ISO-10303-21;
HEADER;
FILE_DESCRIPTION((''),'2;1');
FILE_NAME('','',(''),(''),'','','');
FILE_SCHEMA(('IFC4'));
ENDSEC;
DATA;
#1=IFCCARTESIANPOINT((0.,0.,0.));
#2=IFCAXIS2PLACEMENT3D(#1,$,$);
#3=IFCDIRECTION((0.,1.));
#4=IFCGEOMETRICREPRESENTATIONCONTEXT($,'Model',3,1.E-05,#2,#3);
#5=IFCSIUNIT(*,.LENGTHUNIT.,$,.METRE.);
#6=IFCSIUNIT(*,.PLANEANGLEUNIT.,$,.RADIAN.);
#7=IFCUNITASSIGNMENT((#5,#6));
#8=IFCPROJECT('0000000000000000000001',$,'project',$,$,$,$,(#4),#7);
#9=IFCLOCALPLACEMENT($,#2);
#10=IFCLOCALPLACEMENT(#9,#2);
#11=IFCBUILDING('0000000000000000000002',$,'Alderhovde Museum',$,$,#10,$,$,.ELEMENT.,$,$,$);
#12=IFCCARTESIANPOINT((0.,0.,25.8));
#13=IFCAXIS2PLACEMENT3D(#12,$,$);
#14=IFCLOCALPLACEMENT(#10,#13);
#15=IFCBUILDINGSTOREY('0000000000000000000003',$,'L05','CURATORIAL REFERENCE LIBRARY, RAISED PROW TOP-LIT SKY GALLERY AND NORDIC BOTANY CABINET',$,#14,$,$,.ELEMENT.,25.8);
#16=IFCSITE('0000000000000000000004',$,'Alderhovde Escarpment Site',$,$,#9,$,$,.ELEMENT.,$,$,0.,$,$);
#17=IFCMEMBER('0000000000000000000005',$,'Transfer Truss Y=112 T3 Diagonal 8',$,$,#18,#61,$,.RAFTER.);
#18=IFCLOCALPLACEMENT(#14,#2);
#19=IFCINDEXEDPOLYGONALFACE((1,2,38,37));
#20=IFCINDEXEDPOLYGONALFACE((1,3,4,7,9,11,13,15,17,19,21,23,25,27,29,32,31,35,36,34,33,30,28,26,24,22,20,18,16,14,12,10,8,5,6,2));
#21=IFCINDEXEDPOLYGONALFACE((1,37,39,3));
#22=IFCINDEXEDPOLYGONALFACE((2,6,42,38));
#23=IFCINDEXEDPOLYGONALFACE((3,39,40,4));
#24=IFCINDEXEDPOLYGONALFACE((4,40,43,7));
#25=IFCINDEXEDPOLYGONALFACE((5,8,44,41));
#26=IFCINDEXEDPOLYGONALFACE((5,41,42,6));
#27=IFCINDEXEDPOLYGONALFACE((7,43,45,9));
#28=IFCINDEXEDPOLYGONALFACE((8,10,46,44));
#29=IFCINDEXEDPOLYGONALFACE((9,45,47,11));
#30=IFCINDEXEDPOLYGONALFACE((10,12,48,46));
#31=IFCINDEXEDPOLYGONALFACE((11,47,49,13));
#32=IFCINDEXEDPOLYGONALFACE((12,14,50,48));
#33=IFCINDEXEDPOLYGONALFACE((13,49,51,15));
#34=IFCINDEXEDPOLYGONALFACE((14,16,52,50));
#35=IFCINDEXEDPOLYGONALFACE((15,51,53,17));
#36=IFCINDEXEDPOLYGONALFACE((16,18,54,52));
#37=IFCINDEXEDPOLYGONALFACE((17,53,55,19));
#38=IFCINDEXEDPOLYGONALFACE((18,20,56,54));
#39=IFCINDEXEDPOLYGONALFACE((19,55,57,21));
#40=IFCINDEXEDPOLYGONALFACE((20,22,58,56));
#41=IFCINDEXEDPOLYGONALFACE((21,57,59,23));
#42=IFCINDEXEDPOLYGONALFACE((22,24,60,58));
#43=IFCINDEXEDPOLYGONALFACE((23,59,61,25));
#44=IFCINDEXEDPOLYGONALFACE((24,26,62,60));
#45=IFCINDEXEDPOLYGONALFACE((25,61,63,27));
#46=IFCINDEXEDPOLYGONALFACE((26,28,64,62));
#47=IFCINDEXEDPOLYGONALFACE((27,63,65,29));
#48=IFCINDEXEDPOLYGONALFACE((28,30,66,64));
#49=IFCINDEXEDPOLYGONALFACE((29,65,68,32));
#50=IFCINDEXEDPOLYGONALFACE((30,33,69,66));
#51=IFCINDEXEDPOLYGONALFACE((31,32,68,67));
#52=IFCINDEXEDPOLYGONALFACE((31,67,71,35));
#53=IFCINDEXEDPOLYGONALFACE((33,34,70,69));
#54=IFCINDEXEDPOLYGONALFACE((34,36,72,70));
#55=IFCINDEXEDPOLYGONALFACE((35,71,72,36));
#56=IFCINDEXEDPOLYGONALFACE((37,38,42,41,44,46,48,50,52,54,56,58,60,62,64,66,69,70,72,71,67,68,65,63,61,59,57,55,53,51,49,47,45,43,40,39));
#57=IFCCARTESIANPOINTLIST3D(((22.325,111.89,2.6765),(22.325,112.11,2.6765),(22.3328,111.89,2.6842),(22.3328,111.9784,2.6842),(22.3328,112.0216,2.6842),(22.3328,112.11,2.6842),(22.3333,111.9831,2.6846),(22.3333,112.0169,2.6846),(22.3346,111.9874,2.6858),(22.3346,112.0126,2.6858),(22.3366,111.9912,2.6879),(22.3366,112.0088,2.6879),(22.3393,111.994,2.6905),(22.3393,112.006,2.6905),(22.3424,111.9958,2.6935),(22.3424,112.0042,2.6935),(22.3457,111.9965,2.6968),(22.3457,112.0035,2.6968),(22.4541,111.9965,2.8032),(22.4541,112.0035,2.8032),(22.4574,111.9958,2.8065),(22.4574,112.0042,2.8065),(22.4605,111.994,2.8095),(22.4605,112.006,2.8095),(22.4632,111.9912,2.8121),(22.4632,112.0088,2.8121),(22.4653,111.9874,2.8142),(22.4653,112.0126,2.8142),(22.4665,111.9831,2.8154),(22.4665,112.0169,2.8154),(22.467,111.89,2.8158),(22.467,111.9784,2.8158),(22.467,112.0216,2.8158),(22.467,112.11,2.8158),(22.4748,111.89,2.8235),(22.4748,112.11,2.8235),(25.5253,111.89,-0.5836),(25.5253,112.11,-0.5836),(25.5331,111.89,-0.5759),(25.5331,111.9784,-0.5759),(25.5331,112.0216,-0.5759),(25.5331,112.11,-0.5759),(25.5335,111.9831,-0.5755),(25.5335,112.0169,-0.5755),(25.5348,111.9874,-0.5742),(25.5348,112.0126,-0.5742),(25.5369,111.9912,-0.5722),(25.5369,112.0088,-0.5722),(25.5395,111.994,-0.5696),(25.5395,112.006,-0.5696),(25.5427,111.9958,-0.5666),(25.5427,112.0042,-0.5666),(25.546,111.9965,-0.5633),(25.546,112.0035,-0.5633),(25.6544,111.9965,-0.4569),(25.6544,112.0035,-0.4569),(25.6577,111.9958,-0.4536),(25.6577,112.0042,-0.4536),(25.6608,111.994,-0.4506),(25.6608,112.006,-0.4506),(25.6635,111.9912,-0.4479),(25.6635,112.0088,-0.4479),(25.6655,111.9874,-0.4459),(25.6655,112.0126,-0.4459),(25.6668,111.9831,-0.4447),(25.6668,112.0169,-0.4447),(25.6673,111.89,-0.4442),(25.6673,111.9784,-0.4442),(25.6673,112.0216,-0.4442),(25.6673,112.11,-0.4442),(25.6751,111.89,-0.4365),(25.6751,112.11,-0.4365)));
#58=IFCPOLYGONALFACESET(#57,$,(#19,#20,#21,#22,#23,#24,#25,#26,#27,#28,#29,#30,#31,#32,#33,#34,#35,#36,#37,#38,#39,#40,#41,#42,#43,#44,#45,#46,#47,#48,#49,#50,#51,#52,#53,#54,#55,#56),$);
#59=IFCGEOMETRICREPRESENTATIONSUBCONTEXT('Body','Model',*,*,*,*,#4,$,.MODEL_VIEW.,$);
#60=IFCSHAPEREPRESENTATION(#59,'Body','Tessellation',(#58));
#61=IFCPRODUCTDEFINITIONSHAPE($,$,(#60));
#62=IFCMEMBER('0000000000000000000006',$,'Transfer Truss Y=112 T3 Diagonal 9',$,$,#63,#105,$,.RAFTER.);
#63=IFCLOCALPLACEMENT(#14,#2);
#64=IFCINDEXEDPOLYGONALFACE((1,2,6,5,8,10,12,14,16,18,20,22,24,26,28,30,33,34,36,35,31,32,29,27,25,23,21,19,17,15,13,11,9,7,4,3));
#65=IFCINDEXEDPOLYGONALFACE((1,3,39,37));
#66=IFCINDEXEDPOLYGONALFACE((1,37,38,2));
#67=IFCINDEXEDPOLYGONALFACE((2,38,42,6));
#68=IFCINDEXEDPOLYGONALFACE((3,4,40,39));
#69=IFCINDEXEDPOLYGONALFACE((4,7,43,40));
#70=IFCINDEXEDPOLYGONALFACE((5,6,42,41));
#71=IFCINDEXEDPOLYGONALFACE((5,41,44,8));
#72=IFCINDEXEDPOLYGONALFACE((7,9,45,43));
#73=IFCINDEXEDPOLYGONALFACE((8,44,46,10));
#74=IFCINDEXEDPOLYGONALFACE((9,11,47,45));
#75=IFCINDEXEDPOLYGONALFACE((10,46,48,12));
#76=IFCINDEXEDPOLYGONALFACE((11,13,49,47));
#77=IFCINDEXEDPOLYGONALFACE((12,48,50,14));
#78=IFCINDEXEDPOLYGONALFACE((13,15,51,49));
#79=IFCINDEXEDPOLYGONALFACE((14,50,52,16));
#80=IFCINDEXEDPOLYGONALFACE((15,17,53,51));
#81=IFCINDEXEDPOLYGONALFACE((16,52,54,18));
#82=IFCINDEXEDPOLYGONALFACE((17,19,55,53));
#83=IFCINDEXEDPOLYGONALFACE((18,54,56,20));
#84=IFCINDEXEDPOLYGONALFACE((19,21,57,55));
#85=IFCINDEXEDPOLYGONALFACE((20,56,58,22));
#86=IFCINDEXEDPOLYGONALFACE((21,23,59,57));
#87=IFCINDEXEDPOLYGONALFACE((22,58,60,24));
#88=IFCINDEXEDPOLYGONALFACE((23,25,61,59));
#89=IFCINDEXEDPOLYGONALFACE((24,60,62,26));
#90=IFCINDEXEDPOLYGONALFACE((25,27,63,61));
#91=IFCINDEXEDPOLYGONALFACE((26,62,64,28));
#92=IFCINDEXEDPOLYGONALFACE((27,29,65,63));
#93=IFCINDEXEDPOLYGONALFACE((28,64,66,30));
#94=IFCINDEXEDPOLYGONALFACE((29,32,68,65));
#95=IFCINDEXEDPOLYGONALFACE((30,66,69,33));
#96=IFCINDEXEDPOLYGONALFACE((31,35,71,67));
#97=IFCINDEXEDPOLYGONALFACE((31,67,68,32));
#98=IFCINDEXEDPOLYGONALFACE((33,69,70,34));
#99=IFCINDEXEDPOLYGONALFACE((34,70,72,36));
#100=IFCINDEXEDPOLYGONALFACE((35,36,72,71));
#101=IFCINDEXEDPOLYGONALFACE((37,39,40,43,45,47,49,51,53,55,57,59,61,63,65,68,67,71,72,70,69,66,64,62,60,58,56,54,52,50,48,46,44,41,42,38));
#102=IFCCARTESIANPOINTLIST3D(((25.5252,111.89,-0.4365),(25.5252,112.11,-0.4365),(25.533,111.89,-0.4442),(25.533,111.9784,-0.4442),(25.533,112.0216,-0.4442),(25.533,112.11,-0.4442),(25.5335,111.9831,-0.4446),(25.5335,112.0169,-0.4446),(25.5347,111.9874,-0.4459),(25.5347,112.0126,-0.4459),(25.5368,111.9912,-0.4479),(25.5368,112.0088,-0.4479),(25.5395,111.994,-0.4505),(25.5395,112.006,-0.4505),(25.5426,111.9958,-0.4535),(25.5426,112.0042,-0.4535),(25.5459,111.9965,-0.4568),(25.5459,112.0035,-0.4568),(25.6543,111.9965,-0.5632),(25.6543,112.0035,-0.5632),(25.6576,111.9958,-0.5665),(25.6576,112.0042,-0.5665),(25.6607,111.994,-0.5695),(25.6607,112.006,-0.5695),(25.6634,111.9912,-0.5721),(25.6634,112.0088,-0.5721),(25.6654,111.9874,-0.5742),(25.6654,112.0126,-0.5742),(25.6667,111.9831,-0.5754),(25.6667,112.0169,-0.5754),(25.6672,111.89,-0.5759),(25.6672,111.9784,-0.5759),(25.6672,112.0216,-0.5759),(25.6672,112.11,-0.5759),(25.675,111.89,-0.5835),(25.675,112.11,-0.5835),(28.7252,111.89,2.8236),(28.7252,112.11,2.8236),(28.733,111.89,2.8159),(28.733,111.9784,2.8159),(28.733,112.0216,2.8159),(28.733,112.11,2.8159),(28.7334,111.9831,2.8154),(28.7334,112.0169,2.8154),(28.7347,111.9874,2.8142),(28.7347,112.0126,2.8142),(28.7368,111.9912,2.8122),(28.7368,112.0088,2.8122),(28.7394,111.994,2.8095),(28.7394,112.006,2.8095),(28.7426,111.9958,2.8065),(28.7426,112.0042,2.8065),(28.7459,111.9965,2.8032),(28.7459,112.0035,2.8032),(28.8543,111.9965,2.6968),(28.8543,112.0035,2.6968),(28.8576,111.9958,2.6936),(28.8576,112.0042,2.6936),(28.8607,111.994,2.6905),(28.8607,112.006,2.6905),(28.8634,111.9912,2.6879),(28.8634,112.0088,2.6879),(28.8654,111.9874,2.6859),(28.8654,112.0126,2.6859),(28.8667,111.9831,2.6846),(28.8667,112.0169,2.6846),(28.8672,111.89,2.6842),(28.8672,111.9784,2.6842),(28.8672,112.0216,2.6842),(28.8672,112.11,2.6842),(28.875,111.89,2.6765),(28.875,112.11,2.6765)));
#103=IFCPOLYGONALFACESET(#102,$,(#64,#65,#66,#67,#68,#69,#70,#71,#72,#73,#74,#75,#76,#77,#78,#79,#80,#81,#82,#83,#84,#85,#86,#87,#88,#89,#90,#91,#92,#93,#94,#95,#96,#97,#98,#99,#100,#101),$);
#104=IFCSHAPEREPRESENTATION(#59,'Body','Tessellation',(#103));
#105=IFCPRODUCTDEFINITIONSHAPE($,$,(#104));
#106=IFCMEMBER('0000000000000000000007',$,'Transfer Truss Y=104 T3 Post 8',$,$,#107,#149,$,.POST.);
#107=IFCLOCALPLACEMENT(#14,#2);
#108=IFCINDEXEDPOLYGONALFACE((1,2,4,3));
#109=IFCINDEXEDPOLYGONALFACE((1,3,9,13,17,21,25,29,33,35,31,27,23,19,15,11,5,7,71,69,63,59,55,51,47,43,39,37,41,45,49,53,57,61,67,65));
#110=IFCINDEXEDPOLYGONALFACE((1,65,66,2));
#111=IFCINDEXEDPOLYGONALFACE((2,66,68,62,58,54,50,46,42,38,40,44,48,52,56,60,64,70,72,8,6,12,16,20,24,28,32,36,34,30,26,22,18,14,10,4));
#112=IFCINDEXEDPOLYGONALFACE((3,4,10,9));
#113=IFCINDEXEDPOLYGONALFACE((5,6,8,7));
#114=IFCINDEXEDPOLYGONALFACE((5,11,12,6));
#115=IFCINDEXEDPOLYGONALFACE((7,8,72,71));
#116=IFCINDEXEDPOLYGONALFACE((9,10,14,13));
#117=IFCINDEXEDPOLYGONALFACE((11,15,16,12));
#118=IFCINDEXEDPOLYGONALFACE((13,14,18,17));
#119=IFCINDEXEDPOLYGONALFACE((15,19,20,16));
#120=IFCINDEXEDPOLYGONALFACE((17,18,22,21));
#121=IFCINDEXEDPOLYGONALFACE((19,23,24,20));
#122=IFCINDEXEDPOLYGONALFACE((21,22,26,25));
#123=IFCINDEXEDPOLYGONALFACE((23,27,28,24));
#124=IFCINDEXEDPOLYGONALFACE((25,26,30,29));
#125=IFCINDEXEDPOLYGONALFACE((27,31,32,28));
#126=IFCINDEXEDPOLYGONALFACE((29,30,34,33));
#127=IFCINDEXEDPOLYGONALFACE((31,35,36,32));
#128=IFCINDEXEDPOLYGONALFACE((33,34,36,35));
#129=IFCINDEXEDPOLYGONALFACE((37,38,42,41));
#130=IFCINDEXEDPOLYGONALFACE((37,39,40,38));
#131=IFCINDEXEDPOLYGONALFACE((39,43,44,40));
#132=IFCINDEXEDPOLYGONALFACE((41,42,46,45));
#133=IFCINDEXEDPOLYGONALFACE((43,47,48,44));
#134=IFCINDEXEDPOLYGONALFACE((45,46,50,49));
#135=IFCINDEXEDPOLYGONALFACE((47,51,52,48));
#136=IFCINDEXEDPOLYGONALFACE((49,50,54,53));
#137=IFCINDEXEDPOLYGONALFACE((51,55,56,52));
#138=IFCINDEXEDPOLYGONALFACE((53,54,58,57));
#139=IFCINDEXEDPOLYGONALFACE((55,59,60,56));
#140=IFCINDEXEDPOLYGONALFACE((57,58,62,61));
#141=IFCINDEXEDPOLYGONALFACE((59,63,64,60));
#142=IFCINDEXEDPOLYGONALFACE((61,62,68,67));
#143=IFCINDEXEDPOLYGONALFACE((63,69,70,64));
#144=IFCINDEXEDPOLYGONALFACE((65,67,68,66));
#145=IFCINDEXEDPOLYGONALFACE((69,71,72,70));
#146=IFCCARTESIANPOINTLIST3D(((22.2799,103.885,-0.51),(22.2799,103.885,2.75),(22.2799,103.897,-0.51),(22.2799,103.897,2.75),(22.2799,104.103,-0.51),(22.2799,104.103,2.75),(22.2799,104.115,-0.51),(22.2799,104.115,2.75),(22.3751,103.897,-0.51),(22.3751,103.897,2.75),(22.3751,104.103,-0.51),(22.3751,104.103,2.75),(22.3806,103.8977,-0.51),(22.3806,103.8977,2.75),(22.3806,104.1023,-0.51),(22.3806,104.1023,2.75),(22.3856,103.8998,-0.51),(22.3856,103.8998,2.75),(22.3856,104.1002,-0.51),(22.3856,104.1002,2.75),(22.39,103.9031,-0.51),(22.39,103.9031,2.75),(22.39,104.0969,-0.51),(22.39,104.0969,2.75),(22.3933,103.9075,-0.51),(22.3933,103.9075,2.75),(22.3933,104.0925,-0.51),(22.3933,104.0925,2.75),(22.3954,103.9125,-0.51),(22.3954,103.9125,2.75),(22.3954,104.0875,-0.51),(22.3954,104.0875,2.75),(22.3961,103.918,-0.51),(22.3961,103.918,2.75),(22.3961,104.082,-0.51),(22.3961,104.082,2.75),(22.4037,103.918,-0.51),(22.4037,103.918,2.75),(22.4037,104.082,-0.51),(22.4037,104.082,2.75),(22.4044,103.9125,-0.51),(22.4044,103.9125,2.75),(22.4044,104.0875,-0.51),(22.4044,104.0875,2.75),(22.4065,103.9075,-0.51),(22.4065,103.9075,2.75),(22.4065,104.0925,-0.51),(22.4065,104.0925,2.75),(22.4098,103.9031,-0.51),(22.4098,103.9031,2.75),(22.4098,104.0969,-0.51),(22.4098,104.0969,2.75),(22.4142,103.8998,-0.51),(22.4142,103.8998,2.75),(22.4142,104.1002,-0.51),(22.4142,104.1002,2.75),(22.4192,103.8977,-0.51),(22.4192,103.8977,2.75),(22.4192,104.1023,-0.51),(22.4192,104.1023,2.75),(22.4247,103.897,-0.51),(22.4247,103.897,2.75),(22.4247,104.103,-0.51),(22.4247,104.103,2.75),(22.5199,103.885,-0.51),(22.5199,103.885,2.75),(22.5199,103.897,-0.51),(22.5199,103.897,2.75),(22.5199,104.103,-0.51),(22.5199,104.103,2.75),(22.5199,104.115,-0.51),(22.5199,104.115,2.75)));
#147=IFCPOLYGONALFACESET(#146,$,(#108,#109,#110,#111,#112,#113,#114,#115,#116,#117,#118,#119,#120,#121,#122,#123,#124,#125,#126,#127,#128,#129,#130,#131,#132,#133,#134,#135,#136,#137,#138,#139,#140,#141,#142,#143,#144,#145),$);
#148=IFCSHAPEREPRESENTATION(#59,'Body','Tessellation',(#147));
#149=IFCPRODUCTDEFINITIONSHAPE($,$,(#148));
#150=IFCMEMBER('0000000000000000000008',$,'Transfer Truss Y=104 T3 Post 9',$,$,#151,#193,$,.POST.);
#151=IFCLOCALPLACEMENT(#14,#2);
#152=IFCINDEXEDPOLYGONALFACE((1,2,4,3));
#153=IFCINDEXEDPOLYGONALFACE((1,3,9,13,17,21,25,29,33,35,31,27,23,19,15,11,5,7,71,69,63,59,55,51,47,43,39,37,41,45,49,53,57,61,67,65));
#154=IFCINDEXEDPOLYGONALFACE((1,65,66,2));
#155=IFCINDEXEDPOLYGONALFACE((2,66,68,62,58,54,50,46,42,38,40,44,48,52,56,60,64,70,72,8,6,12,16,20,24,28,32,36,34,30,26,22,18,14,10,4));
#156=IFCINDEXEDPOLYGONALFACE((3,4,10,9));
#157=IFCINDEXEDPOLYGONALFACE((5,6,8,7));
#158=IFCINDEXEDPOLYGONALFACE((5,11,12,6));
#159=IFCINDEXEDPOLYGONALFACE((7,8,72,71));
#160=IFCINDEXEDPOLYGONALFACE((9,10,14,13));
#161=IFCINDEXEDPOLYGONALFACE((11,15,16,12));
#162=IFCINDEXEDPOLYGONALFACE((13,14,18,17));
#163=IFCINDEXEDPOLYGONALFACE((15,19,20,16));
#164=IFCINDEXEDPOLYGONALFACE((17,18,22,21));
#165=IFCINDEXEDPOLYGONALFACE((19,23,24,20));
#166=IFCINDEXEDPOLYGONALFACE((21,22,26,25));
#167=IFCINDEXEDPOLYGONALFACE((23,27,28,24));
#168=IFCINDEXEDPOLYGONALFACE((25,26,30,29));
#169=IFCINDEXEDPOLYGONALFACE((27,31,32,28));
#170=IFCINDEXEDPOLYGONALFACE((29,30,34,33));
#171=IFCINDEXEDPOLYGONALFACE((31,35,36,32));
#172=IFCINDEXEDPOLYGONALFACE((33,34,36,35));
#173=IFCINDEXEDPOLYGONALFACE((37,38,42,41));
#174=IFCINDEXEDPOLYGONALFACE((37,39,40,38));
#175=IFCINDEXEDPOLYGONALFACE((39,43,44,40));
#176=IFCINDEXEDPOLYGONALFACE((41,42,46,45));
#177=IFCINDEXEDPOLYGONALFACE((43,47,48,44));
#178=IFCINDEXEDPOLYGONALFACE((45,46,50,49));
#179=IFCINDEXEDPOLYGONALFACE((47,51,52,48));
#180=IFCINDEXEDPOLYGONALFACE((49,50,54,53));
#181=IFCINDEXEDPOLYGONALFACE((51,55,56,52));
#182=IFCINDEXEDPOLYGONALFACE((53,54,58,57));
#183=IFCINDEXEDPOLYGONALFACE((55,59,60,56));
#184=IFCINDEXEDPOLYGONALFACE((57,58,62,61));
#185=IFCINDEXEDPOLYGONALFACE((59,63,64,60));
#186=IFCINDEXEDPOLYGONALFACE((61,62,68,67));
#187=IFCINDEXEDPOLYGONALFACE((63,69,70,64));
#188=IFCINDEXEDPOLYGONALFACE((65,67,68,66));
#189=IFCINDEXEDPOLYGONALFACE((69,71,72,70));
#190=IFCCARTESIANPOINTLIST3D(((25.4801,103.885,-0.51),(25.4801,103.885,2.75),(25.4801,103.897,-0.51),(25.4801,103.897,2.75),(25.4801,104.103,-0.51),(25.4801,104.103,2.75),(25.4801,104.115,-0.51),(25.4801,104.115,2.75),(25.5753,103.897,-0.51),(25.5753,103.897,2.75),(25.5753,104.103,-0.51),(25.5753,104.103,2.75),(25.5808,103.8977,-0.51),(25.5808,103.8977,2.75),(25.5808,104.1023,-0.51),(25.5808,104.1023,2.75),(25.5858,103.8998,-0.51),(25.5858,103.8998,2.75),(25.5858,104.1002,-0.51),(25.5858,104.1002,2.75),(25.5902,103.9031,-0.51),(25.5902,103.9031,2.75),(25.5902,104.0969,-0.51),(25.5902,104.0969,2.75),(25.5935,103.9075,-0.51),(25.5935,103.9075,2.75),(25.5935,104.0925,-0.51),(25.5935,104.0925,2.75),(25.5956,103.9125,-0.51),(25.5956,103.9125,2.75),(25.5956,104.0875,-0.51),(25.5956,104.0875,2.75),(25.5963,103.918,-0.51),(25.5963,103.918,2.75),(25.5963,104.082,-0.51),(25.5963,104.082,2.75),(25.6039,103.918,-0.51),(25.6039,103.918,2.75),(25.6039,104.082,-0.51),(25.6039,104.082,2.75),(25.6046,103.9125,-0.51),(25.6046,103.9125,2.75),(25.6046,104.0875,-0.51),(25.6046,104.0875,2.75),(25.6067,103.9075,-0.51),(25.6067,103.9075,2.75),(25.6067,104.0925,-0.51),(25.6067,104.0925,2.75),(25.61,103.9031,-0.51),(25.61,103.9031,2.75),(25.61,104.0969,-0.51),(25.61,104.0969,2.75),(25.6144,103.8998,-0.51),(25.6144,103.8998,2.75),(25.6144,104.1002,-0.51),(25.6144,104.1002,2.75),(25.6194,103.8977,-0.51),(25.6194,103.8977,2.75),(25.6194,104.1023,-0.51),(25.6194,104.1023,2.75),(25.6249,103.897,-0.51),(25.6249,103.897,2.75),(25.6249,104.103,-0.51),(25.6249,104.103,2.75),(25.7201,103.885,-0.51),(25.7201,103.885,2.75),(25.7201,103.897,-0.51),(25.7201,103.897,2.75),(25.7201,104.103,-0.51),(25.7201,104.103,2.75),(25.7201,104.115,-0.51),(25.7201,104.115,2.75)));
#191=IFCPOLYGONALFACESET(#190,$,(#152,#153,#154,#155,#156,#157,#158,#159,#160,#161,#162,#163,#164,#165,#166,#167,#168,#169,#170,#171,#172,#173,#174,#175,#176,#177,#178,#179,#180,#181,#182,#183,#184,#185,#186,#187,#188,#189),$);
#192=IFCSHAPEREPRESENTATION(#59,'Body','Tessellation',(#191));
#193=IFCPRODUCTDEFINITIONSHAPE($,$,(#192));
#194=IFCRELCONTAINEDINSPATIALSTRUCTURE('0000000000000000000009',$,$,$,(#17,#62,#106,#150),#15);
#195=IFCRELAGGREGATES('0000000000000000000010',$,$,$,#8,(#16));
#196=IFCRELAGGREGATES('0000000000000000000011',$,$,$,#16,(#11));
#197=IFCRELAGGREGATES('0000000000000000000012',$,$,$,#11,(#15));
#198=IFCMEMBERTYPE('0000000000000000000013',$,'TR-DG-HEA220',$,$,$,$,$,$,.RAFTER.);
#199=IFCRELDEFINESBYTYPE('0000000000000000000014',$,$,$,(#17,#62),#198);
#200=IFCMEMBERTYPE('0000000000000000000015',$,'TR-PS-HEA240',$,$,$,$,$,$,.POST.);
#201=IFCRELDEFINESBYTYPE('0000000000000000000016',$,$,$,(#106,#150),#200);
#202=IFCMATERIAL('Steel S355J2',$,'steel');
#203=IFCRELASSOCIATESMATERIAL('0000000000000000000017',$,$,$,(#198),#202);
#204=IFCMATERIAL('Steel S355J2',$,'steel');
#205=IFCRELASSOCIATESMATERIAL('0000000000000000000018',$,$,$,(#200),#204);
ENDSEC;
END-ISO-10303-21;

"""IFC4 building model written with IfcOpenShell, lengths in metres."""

from ifc_helpers import new_model, si_unit, direction, frame, origin, origin_2d, place, context, subcontext, project, spatial, i_section, extrude, material, material_profile, profile_set, type_object, element, save


model = new_model("IFC4")

# Units and contexts
model_context = context("Model", 3, precision=1e-05, world=origin(), true_north=direction((0.0, 1.0)))
body_context = subcontext(model_context, "Body", "Model", "MODEL_VIEW")
ifc_project = project(units=[si_unit("LENGTHUNIT", "METRE"), si_unit("PLANEANGLEUNIT", "RADIAN")], contexts=[model_context])

# Site, building, storey
site_placement = place(None, origin())
site = spatial("IfcSite", under=ifc_project, at=site_placement, Name="Alderhovde Escarpment Site", CompositionType="ELEMENT", RefElevation=0.0)
building_placement = place(site_placement, origin())
building = spatial("IfcBuilding", under=site, at=building_placement, Name="Alderhovde Museum", CompositionType="ELEMENT")
storey_placement = place(building_placement, frame((0.0, 0.0, 25.8)))
storey = spatial("IfcBuildingStorey", under=building, at=storey_placement, Name="L05", Description="CURATORIAL REFERENCE LIBRARY, RAISED PROW TOP-LIT SKY GALLERY AND NORDIC BOTANY CABINET", CompositionType="ELEMENT", Elevation=25.8)

# Members
ifc_material_1 = material(Name="Steel S355J2", Category="steel")
ifc_material_profile_1 = material_profile(ifc_material_1, i_section(OverallWidth=0.22, OverallDepth=0.21, WebThickness=0.0071, FlangeThickness=0.011, FilletRadius=0.0181, at=origin_2d()), Name="HEA 220")
ifc_profile_set_1 = profile_set([ifc_material_profile_1], Name="Steel S355J2")
member_type_1 = type_object("IfcMemberType", Name="TR-DG-HEA220", PredefinedType="RAFTER", material=ifc_profile_set_1)
member_1_placement = place(storey_placement, frame((22.3999, 112.0, 2.75), z_axis=(0.70053, 0.0, -0.713623), x_axis=(0.0, 1.0, 0.0)))
element("IfcMember", 1, at=member_1_placement, inside=storey, type_object=member_type_1, Name="Transfer Truss Y=112 T3 Diagonal 8", PredefinedType="RAFTER", context=body_context, shape_type="SweptSolid", body=[
    extrude(i_section(OverallWidth=0.22, OverallDepth=0.21, WebThickness=0.0071, FlangeThickness=0.011, FilletRadius=0.0181, at=origin_2d()), origin(), (0.0, 0.0, 1.0), 4.5684),
])
member_2_placement = place(storey_placement, frame((25.6001, 112.0, -0.51), z_axis=(0.700502, 0.0, 0.71365), x_axis=(0.0, 1.0, 0.0)))
element("IfcMember", 2, at=member_2_placement, inside=storey, type_object=member_type_1, Name="Transfer Truss Y=112 T3 Diagonal 9", PredefinedType="RAFTER", context=body_context, shape_type="SweptSolid", body=[
    extrude(i_section(OverallWidth=0.22, OverallDepth=0.21, WebThickness=0.0071, FlangeThickness=0.011, FilletRadius=0.0181, at=origin_2d()), origin(), (0.0, 0.0, 1.0), 4.5681),
])
ifc_material_2 = material(Name="Steel S355J2", Category="steel")
ifc_material_profile_2 = material_profile(ifc_material_2, i_section(OverallWidth=0.24, OverallDepth=0.23, WebThickness=0.0076, FlangeThickness=0.012, FilletRadius=0.021, at=origin_2d()), Name="HEA 240")
ifc_profile_set_2 = profile_set([ifc_material_profile_2], Name="Steel S355J2")
member_type_2 = type_object("IfcMemberType", Name="TR-PS-HEA240", PredefinedType="POST", material=ifc_profile_set_2)
for number, where, z_axis, x_axis, name in (
    (3, (22.3999, 104.0, -0.51), (0.0, 0.0, 1.0), (1.0, 0.0, 0.0), "Transfer Truss Y=104 T3 Post 8"),
    (4, (25.6001, 104.0, -0.51), (0.0, 0.0, 1.0), (1.0, 0.0, 0.0), "Transfer Truss Y=104 T3 Post 9"),
):
    element("IfcMember", number, at=place(storey_placement, frame(where, z_axis=z_axis, x_axis=x_axis)), inside=storey, type_object=member_type_2, Name=name, PredefinedType="POST", context=body_context, shape_type="SweptSolid", body=[
        extrude(i_section(OverallWidth=0.24, OverallDepth=0.23, WebThickness=0.0076, FlangeThickness=0.012, FilletRadius=0.021, at=origin_2d()), origin(), (0.0, 0.0, 1.0), 3.26),
    ])

save(model, "model.ifc")
